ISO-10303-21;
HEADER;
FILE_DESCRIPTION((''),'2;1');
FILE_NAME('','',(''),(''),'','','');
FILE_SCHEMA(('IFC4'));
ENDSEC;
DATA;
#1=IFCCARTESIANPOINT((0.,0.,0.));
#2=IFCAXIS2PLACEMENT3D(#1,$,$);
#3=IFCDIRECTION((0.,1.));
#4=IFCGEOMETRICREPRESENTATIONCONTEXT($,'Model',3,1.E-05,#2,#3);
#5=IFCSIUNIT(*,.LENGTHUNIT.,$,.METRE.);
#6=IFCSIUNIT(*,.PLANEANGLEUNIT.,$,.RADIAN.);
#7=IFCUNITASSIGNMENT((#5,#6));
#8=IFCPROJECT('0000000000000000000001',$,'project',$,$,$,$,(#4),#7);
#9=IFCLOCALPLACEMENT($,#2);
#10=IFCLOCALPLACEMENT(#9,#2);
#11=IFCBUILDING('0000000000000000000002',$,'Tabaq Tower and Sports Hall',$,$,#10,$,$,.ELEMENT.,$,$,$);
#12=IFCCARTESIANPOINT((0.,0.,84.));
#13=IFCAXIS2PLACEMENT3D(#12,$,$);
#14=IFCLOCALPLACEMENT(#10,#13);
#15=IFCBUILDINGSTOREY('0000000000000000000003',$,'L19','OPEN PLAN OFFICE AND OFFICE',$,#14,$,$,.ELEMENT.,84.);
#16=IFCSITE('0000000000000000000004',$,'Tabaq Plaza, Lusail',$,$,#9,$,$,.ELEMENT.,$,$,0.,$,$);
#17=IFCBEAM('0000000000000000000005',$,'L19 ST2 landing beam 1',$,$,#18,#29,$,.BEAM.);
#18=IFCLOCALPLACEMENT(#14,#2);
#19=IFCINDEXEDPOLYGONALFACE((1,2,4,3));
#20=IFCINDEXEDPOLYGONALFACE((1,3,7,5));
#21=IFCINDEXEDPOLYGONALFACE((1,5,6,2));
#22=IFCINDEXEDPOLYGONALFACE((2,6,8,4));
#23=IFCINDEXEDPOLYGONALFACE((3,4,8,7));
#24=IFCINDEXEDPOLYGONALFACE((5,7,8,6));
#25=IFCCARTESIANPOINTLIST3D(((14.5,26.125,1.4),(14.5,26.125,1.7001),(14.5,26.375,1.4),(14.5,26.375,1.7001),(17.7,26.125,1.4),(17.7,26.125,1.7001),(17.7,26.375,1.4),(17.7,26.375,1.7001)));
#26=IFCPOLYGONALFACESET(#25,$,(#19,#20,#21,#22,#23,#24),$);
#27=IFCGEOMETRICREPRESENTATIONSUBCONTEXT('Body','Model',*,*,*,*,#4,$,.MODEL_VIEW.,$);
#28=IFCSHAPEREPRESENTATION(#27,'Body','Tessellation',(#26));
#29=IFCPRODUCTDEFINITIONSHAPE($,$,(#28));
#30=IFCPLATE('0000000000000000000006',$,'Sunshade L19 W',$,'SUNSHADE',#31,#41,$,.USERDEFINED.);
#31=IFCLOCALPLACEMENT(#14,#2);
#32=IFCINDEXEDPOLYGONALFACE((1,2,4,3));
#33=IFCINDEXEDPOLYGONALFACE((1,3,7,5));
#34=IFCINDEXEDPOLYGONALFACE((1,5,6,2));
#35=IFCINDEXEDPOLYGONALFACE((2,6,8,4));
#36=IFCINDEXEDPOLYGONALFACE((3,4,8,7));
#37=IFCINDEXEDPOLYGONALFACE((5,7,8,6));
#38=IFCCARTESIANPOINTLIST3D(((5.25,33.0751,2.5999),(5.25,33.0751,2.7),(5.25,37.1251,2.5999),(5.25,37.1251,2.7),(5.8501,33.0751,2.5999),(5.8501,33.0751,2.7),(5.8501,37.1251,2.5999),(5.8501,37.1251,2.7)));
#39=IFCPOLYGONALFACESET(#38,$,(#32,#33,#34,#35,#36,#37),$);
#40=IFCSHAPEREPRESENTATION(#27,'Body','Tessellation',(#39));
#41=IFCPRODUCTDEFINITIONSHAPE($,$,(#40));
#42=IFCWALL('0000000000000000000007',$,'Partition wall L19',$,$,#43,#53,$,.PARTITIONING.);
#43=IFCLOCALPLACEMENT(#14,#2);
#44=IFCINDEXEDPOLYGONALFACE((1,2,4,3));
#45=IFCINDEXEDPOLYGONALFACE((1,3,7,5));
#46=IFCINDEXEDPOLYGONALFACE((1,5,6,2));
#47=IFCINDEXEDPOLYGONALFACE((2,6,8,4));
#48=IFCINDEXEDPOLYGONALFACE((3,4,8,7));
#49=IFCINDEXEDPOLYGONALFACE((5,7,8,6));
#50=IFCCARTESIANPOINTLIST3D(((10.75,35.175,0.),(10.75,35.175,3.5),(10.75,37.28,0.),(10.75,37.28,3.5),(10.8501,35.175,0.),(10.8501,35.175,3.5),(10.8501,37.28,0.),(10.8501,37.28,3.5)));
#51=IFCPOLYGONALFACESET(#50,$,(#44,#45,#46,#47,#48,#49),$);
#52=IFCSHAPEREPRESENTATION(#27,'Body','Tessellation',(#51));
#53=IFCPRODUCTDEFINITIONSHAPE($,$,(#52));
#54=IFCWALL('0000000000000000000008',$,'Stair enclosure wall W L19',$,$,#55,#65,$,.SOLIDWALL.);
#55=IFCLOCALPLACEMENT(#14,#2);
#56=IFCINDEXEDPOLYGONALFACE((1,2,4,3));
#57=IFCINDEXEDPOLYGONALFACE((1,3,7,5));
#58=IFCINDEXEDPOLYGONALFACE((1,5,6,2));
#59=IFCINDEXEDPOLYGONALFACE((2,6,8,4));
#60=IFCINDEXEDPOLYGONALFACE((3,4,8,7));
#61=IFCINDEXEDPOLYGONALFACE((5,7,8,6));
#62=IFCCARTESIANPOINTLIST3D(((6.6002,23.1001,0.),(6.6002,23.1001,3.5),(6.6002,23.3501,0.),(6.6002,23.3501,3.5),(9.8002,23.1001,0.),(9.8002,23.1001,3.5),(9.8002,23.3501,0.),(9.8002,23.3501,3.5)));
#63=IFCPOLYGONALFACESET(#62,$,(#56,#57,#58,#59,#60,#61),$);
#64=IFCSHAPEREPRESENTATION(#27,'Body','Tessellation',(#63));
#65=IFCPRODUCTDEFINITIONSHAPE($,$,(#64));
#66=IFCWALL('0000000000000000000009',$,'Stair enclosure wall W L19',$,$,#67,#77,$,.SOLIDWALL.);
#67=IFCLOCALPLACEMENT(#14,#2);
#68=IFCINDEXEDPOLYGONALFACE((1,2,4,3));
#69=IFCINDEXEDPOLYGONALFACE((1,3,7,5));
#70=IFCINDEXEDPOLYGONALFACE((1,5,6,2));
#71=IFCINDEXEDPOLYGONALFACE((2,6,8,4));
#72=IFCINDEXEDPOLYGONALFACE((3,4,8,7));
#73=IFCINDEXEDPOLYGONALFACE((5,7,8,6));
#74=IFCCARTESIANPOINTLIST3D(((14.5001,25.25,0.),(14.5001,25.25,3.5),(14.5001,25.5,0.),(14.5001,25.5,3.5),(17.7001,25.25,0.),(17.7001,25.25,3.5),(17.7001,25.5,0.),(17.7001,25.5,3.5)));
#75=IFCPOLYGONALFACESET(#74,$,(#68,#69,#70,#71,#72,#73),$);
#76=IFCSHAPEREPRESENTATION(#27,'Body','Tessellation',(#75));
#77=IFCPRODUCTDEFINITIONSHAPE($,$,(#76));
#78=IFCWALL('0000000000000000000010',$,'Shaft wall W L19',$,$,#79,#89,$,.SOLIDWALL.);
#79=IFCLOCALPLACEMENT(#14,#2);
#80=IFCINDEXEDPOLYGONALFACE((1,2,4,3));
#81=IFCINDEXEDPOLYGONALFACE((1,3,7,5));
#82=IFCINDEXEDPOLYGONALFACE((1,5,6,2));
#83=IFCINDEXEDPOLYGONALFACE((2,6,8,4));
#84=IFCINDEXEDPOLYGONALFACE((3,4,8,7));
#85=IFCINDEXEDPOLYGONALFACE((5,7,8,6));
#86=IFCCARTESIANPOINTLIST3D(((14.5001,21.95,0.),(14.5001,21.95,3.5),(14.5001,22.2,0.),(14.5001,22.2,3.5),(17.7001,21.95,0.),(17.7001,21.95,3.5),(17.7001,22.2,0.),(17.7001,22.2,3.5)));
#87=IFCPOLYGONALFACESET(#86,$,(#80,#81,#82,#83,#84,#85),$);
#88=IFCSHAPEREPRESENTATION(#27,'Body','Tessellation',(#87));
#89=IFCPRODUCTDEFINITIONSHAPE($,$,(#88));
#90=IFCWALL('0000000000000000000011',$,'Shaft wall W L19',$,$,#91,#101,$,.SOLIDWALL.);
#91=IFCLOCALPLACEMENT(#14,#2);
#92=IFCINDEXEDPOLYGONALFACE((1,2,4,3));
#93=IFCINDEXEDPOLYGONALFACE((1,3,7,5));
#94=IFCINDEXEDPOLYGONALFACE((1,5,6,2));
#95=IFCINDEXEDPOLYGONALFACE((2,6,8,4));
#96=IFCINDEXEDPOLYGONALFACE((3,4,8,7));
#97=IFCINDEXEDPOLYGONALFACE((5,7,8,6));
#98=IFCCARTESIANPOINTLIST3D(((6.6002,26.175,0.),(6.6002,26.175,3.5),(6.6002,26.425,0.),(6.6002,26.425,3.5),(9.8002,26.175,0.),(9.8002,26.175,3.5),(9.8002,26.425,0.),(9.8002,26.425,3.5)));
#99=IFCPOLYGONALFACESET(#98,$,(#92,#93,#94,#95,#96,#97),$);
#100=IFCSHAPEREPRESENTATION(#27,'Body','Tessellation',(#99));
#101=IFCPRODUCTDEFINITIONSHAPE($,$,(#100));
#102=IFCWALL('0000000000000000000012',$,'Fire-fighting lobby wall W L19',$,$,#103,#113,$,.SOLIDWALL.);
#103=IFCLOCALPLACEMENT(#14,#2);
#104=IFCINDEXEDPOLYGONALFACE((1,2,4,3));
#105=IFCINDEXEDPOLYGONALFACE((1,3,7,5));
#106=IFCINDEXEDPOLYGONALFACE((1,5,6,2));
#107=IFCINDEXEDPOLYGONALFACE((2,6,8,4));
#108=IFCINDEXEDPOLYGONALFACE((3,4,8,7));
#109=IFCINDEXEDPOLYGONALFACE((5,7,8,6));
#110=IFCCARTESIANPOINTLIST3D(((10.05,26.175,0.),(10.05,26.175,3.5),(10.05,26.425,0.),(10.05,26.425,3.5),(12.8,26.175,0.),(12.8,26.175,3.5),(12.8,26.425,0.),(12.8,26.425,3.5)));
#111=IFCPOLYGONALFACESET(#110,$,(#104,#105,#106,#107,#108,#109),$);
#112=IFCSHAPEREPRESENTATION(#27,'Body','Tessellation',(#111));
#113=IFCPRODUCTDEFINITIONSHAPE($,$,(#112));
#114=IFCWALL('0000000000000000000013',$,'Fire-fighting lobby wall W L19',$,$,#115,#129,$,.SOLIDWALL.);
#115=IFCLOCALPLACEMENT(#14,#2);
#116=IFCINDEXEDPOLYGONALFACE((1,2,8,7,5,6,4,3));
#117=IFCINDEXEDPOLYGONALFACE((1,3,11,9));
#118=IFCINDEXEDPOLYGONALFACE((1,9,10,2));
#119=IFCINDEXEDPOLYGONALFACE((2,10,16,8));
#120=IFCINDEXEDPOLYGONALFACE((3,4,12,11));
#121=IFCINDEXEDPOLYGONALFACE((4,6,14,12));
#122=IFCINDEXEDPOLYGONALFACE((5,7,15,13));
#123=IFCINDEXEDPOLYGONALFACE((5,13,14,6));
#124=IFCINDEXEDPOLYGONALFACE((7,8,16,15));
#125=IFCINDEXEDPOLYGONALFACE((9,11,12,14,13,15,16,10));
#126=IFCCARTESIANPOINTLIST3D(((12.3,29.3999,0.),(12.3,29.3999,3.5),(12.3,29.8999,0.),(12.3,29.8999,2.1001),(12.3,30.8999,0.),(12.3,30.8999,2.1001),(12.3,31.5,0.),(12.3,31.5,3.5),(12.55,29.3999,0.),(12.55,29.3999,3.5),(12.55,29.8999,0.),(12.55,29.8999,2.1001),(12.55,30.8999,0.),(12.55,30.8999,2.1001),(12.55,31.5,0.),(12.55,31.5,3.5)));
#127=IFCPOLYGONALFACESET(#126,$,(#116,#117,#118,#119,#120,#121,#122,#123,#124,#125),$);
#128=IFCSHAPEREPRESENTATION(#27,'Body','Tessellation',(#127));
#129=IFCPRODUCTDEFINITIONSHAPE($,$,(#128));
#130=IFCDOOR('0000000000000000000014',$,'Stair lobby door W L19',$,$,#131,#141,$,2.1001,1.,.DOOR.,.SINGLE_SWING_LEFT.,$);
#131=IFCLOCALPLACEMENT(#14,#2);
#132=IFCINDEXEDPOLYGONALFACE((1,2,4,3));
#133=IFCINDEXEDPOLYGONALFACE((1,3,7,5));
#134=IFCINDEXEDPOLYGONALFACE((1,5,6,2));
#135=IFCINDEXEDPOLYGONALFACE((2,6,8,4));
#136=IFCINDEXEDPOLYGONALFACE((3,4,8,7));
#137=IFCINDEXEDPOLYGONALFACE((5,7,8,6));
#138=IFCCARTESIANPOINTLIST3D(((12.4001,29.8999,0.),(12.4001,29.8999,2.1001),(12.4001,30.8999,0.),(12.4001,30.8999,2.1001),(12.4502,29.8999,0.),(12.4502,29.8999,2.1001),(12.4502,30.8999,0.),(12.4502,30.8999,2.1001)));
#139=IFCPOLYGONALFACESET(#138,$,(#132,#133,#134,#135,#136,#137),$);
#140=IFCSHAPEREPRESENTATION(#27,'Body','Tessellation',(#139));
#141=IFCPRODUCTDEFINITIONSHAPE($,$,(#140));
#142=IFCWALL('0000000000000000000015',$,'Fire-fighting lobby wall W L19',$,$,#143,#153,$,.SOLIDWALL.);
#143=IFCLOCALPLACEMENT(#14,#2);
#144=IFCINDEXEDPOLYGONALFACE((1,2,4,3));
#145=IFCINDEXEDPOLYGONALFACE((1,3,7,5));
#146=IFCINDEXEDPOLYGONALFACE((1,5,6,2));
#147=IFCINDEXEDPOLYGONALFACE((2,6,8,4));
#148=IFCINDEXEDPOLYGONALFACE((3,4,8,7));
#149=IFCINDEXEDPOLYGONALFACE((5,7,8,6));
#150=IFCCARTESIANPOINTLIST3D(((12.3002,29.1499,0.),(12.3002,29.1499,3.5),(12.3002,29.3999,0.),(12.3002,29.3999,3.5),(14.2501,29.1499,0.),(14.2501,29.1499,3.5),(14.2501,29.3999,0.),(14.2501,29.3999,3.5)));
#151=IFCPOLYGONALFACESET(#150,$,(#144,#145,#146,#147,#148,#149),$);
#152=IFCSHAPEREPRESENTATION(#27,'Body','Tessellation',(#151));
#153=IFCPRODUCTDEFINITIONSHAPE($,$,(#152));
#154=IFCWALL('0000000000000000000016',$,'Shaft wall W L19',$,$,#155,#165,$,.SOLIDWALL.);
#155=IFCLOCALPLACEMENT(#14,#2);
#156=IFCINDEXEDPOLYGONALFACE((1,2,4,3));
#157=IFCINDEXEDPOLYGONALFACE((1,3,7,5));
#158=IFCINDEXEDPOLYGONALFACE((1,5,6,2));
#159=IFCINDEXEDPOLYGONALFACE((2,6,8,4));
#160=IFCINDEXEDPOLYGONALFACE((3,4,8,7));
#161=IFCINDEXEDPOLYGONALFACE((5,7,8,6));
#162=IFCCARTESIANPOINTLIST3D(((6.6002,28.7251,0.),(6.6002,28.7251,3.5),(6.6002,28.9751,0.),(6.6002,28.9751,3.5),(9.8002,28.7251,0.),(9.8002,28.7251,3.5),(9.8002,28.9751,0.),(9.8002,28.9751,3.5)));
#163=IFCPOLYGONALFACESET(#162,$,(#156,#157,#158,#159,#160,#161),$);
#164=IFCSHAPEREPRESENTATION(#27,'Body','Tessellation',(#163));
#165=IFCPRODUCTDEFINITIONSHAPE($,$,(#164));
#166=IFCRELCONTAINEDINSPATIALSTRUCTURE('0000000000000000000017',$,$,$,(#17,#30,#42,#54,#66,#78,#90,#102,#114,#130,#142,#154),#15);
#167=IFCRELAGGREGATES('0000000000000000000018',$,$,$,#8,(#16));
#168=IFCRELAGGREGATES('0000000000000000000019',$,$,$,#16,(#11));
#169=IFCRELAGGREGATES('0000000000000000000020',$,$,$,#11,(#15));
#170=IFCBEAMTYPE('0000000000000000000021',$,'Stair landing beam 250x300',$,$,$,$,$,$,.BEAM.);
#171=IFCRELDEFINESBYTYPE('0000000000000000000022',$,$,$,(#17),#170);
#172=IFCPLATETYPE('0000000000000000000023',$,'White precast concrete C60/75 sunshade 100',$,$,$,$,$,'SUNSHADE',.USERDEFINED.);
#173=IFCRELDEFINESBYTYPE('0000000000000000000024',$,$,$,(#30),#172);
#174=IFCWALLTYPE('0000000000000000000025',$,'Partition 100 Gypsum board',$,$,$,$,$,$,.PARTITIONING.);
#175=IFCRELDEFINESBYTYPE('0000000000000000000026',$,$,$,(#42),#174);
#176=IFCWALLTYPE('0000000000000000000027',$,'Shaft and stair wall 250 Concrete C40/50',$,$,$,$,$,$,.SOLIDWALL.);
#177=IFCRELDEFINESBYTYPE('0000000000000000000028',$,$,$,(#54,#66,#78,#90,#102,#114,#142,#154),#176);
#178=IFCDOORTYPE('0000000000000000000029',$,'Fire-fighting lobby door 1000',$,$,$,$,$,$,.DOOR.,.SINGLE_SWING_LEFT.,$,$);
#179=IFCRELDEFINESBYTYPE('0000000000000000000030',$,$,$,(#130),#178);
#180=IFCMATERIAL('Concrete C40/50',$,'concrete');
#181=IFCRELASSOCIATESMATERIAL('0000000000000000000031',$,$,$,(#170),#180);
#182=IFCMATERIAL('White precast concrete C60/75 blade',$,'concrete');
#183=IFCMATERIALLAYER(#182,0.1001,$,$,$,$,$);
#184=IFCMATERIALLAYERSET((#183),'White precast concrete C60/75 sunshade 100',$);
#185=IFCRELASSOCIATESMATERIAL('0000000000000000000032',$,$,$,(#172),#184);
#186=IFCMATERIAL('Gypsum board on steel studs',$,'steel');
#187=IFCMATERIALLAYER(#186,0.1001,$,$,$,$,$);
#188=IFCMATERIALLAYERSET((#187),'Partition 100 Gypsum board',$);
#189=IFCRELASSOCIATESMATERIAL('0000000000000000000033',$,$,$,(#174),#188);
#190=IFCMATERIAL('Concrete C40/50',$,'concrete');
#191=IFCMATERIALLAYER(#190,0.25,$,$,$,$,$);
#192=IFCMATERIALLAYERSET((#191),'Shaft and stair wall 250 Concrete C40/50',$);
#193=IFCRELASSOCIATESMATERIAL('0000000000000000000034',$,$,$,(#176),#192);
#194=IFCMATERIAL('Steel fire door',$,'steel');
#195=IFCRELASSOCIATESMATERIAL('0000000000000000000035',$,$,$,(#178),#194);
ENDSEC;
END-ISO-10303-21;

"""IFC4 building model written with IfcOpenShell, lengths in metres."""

from ifc_helpers import new_model, si_unit, direction, frame, frame_2d, origin, origin_2d, place, context, subcontext, project, spatial, rectangle, extrude, material, layer, layer_set, material_profile, profile_set, type_object, element, fill, save


model = new_model("IFC4")

# Units and contexts
model_context = context("Model", 3, precision=1e-05, world=origin(), true_north=direction((0.0, 1.0)))
body_context = subcontext(model_context, "Body", "Model", "MODEL_VIEW")
ifc_project = project(units=[si_unit("LENGTHUNIT", "METRE"), si_unit("PLANEANGLEUNIT", "RADIAN")], contexts=[model_context])

# Site, building, storey
site_placement = place(None, origin())
site = spatial("IfcSite", under=ifc_project, at=site_placement, Name="Tabaq Plaza, Lusail", CompositionType="ELEMENT", RefElevation=0.0)
building_placement = place(site_placement, origin())
building = spatial("IfcBuilding", under=site, at=building_placement, Name="Tabaq Tower and Sports Hall", CompositionType="ELEMENT")
storey_placement = place(building_placement, frame((0.0, 0.0, 84.0)))
storey = spatial("IfcBuildingStorey", under=building, at=storey_placement, Name="L19", Description="OPEN PLAN OFFICE AND OFFICE", CompositionType="ELEMENT", Elevation=84.0)

# Beam
ifc_material_1 = material(Name="Concrete C40/50", Category="concrete")
ifc_material_profile = material_profile(ifc_material_1, rectangle(XDim=0.25, YDim=0.3, at=origin_2d()), Name="RC 250x300")
ifc_profile_set = profile_set([ifc_material_profile], Name="Concrete C40/50")
beam_type = type_object("IfcBeamType", Name="Stair landing beam 250x300", PredefinedType="BEAM", material=ifc_profile_set)
beam_placement = place(storey_placement, frame((14.5, 26.25, 1.55), z_axis=(1.0, 0.0, 0.0), x_axis=(0.0, 1.0, 0.0)))
element("IfcBeam", 1, at=beam_placement, inside=storey, type_object=beam_type, Name="L19 ST2 landing beam 1", PredefinedType="BEAM", context=body_context, shape_type="SweptSolid", body=[
    extrude(rectangle(XDim=0.25, YDim=0.3, at=origin_2d()), origin(), (0.0, 0.0, 1.0), 3.2),
])

# Plate
ifc_material_2 = material(Name="White precast concrete C60/75 blade", Category="concrete")
ifc_layer_1 = layer(ifc_material_2, 0.1001)
ifc_layer_set_1 = layer_set([ifc_layer_1], Name="White precast concrete C60/75 sunshade 100")
plate_type = type_object("IfcPlateType", Name="White precast concrete C60/75 sunshade 100", ElementType="SUNSHADE", PredefinedType="USERDEFINED", material=ifc_layer_set_1)
plate_placement = place(storey_placement, frame((5.55, 35.1001, 2.5999), z_axis=(0.0, 0.0, 1.0), x_axis=(0.0, -1.0, 0.0)))
element("IfcPlate", 2, at=plate_placement, inside=storey, type_object=plate_type, Name="Sunshade L19 W", ObjectType="SUNSHADE", PredefinedType="USERDEFINED", context=body_context, shape_type="SweptSolid", body=[
    extrude(rectangle(XDim=4.05, YDim=0.6001, at=origin_2d()), origin(), (0.0, 0.0, 1.0), 0.1001),
])

# Walls
ifc_material_3 = material(Name="Gypsum board on steel studs", Category="steel")
ifc_layer_2 = layer(ifc_material_3, 0.1001)
ifc_layer_set_2 = layer_set([ifc_layer_2], Name="Partition 100 Gypsum board")
wall_type_1 = type_object("IfcWallType", Name="Partition 100 Gypsum board", PredefinedType="PARTITIONING", material=ifc_layer_set_2)
wall_1_placement = place(storey_placement, frame((10.8, 35.175, 0.0), z_axis=(0.0, 0.0, 1.0), x_axis=(0.0, 1.0, 0.0)))
element("IfcWall", 3, at=wall_1_placement, inside=storey, type_object=wall_type_1, Name="Partition wall L19", PredefinedType="PARTITIONING", context=body_context, shape_type="SweptSolid", body=[
    extrude(rectangle(XDim=2.105, YDim=0.1001, at=frame_2d((1.0525, 0.0))), origin(), (0.0, 0.0, 1.0), 3.5),
])
ifc_material_4 = material(Name="Concrete C40/50", Category="concrete")
ifc_layer_3 = layer(ifc_material_4, 0.25)
ifc_layer_set_3 = layer_set([ifc_layer_3], Name="Shaft and stair wall 250 Concrete C40/50")
wall_type_2 = type_object("IfcWallType", Name="Shaft and stair wall 250 Concrete C40/50", PredefinedType="SOLIDWALL", material=ifc_layer_set_3)
for number, where, z_axis, x_axis, name in (
    (4, (6.6001, 23.2251, 0.0), (0.0, 0.0, 1.0), (1.0, 0.0, 0.0), "Stair enclosure wall W L19"),
    (5, (14.5, 25.375, 0.0), (0.0, 0.0, 1.0), (1.0, 0.0, 0.0), "Stair enclosure wall W L19"),
    (6, (14.5, 22.075, 0.0), (0.0, 0.0, 1.0), (1.0, 0.0, 0.0), "Shaft wall W L19"),
    (7, (6.6001, 26.3, 0.0), (0.0, 0.0, 1.0), (1.0, 0.0, 0.0), "Shaft wall W L19"),
):
    element("IfcWall", number, at=place(storey_placement, frame(where, z_axis=z_axis, x_axis=x_axis)), inside=storey, type_object=wall_type_2, Name=name, PredefinedType="SOLIDWALL", context=body_context, shape_type="SweptSolid", body=[
        extrude(rectangle(XDim=3.2, YDim=0.25, at=frame_2d((1.6001, 0.0))), origin(), (0.0, 0.0, 1.0), 3.5),
    ])
wall_2_placement = place(storey_placement, frame((10.05, 26.3, 0.0), z_axis=(0.0, 0.0, 1.0), x_axis=(1.0, 0.0, 0.0)))
element("IfcWall", 8, at=wall_2_placement, inside=storey, type_object=wall_type_2, Name="Fire-fighting lobby wall W L19", PredefinedType="SOLIDWALL", context=body_context, shape_type="SweptSolid", body=[
    extrude(rectangle(XDim=2.75, YDim=0.25, at=frame_2d((1.375, 0.0))), origin(), (0.0, 0.0, 1.0), 3.5),
])

# Wall, opening, door
wall_3_placement = place(storey_placement, frame((12.425, 29.3999, 0.0), z_axis=(0.0, 0.0, 1.0), x_axis=(0.0, 1.0, 0.0)))
wall_3 = element("IfcWall", 9, at=wall_3_placement, inside=storey, type_object=wall_type_2, Name="Fire-fighting lobby wall W L19", PredefinedType="SOLIDWALL", context=body_context, shape_type="SweptSolid", body=[
    extrude(rectangle(XDim=2.1001, YDim=0.25, at=frame_2d((1.05, 0.0))), origin(), (0.0, 0.0, 1.0), 3.5),
])
opening_1_placement = place(wall_3_placement, frame((0.5, 0.0, 0.0)))
opening_1 = element("IfcOpeningElement", 10, at=opening_1_placement, cuts=wall_3, PredefinedType="OPENING", context=body_context, shape_type="SweptSolid", body=[
    extrude(rectangle(XDim=1.0, YDim=2.1001, at=frame_2d((0.5, 1.05))), frame((0.0, 0.125, 0.0), z_axis=(0.0, -1.0, 0.0), x_axis=(1.0, 0.0, 0.0)), (0.0, 0.0, 1.0), 0.25),
])
ifc_material_5 = material(Name="Steel fire door", Category="steel")
door_type_1 = type_object("IfcDoorType", Name="Fire-fighting lobby door 1000", OperationType="SINGLE_SWING_LEFT", PredefinedType="DOOR", material=ifc_material_5)
door_1_placement = place(opening_1_placement, origin())
door_1 = element("IfcDoor", 11, at=door_1_placement, inside=storey, type_object=door_type_1, Name="Stair lobby door W L19", OperationType="SINGLE_SWING_LEFT", OverallHeight=2.1001, OverallWidth=1.0, PredefinedType="DOOR", context=body_context, shape_type="SweptSolid", body=[
    extrude(rectangle(XDim=1.0, YDim=2.1001, at=frame_2d((0.5, 1.05))), frame((0.0, 0.0249, 0.0), z_axis=(0.0, -1.0, 0.0), x_axis=(1.0, 0.0, 0.0)), (0.0, 0.0, 1.0), 0.05),
])
fill(opening_1, door_1)

# Walls
wall_4_placement = place(storey_placement, frame((12.3, 29.2749, 0.0), z_axis=(0.0, 0.0, 1.0), x_axis=(1.0, 0.0, 0.0)))
element("IfcWall", 12, at=wall_4_placement, inside=storey, type_object=wall_type_2, Name="Fire-fighting lobby wall W L19", PredefinedType="SOLIDWALL", context=body_context, shape_type="SweptSolid", body=[
    extrude(rectangle(XDim=1.95, YDim=0.25, at=frame_2d((0.9751, 0.0))), origin(), (0.0, 0.0, 1.0), 3.5),
])
wall_5_placement = place(storey_placement, frame((6.6001, 28.8501, 0.0), z_axis=(0.0, 0.0, 1.0), x_axis=(1.0, 0.0, 0.0)))
element("IfcWall", 13, at=wall_5_placement, inside=storey, type_object=wall_type_2, Name="Shaft wall W L19", PredefinedType="SOLIDWALL", context=body_context, shape_type="SweptSolid", body=[
    extrude(rectangle(XDim=3.2, YDim=0.25, at=frame_2d((1.6001, 0.0))), origin(), (0.0, 0.0, 1.0), 3.5),
])

save(model, "model.ifc")
